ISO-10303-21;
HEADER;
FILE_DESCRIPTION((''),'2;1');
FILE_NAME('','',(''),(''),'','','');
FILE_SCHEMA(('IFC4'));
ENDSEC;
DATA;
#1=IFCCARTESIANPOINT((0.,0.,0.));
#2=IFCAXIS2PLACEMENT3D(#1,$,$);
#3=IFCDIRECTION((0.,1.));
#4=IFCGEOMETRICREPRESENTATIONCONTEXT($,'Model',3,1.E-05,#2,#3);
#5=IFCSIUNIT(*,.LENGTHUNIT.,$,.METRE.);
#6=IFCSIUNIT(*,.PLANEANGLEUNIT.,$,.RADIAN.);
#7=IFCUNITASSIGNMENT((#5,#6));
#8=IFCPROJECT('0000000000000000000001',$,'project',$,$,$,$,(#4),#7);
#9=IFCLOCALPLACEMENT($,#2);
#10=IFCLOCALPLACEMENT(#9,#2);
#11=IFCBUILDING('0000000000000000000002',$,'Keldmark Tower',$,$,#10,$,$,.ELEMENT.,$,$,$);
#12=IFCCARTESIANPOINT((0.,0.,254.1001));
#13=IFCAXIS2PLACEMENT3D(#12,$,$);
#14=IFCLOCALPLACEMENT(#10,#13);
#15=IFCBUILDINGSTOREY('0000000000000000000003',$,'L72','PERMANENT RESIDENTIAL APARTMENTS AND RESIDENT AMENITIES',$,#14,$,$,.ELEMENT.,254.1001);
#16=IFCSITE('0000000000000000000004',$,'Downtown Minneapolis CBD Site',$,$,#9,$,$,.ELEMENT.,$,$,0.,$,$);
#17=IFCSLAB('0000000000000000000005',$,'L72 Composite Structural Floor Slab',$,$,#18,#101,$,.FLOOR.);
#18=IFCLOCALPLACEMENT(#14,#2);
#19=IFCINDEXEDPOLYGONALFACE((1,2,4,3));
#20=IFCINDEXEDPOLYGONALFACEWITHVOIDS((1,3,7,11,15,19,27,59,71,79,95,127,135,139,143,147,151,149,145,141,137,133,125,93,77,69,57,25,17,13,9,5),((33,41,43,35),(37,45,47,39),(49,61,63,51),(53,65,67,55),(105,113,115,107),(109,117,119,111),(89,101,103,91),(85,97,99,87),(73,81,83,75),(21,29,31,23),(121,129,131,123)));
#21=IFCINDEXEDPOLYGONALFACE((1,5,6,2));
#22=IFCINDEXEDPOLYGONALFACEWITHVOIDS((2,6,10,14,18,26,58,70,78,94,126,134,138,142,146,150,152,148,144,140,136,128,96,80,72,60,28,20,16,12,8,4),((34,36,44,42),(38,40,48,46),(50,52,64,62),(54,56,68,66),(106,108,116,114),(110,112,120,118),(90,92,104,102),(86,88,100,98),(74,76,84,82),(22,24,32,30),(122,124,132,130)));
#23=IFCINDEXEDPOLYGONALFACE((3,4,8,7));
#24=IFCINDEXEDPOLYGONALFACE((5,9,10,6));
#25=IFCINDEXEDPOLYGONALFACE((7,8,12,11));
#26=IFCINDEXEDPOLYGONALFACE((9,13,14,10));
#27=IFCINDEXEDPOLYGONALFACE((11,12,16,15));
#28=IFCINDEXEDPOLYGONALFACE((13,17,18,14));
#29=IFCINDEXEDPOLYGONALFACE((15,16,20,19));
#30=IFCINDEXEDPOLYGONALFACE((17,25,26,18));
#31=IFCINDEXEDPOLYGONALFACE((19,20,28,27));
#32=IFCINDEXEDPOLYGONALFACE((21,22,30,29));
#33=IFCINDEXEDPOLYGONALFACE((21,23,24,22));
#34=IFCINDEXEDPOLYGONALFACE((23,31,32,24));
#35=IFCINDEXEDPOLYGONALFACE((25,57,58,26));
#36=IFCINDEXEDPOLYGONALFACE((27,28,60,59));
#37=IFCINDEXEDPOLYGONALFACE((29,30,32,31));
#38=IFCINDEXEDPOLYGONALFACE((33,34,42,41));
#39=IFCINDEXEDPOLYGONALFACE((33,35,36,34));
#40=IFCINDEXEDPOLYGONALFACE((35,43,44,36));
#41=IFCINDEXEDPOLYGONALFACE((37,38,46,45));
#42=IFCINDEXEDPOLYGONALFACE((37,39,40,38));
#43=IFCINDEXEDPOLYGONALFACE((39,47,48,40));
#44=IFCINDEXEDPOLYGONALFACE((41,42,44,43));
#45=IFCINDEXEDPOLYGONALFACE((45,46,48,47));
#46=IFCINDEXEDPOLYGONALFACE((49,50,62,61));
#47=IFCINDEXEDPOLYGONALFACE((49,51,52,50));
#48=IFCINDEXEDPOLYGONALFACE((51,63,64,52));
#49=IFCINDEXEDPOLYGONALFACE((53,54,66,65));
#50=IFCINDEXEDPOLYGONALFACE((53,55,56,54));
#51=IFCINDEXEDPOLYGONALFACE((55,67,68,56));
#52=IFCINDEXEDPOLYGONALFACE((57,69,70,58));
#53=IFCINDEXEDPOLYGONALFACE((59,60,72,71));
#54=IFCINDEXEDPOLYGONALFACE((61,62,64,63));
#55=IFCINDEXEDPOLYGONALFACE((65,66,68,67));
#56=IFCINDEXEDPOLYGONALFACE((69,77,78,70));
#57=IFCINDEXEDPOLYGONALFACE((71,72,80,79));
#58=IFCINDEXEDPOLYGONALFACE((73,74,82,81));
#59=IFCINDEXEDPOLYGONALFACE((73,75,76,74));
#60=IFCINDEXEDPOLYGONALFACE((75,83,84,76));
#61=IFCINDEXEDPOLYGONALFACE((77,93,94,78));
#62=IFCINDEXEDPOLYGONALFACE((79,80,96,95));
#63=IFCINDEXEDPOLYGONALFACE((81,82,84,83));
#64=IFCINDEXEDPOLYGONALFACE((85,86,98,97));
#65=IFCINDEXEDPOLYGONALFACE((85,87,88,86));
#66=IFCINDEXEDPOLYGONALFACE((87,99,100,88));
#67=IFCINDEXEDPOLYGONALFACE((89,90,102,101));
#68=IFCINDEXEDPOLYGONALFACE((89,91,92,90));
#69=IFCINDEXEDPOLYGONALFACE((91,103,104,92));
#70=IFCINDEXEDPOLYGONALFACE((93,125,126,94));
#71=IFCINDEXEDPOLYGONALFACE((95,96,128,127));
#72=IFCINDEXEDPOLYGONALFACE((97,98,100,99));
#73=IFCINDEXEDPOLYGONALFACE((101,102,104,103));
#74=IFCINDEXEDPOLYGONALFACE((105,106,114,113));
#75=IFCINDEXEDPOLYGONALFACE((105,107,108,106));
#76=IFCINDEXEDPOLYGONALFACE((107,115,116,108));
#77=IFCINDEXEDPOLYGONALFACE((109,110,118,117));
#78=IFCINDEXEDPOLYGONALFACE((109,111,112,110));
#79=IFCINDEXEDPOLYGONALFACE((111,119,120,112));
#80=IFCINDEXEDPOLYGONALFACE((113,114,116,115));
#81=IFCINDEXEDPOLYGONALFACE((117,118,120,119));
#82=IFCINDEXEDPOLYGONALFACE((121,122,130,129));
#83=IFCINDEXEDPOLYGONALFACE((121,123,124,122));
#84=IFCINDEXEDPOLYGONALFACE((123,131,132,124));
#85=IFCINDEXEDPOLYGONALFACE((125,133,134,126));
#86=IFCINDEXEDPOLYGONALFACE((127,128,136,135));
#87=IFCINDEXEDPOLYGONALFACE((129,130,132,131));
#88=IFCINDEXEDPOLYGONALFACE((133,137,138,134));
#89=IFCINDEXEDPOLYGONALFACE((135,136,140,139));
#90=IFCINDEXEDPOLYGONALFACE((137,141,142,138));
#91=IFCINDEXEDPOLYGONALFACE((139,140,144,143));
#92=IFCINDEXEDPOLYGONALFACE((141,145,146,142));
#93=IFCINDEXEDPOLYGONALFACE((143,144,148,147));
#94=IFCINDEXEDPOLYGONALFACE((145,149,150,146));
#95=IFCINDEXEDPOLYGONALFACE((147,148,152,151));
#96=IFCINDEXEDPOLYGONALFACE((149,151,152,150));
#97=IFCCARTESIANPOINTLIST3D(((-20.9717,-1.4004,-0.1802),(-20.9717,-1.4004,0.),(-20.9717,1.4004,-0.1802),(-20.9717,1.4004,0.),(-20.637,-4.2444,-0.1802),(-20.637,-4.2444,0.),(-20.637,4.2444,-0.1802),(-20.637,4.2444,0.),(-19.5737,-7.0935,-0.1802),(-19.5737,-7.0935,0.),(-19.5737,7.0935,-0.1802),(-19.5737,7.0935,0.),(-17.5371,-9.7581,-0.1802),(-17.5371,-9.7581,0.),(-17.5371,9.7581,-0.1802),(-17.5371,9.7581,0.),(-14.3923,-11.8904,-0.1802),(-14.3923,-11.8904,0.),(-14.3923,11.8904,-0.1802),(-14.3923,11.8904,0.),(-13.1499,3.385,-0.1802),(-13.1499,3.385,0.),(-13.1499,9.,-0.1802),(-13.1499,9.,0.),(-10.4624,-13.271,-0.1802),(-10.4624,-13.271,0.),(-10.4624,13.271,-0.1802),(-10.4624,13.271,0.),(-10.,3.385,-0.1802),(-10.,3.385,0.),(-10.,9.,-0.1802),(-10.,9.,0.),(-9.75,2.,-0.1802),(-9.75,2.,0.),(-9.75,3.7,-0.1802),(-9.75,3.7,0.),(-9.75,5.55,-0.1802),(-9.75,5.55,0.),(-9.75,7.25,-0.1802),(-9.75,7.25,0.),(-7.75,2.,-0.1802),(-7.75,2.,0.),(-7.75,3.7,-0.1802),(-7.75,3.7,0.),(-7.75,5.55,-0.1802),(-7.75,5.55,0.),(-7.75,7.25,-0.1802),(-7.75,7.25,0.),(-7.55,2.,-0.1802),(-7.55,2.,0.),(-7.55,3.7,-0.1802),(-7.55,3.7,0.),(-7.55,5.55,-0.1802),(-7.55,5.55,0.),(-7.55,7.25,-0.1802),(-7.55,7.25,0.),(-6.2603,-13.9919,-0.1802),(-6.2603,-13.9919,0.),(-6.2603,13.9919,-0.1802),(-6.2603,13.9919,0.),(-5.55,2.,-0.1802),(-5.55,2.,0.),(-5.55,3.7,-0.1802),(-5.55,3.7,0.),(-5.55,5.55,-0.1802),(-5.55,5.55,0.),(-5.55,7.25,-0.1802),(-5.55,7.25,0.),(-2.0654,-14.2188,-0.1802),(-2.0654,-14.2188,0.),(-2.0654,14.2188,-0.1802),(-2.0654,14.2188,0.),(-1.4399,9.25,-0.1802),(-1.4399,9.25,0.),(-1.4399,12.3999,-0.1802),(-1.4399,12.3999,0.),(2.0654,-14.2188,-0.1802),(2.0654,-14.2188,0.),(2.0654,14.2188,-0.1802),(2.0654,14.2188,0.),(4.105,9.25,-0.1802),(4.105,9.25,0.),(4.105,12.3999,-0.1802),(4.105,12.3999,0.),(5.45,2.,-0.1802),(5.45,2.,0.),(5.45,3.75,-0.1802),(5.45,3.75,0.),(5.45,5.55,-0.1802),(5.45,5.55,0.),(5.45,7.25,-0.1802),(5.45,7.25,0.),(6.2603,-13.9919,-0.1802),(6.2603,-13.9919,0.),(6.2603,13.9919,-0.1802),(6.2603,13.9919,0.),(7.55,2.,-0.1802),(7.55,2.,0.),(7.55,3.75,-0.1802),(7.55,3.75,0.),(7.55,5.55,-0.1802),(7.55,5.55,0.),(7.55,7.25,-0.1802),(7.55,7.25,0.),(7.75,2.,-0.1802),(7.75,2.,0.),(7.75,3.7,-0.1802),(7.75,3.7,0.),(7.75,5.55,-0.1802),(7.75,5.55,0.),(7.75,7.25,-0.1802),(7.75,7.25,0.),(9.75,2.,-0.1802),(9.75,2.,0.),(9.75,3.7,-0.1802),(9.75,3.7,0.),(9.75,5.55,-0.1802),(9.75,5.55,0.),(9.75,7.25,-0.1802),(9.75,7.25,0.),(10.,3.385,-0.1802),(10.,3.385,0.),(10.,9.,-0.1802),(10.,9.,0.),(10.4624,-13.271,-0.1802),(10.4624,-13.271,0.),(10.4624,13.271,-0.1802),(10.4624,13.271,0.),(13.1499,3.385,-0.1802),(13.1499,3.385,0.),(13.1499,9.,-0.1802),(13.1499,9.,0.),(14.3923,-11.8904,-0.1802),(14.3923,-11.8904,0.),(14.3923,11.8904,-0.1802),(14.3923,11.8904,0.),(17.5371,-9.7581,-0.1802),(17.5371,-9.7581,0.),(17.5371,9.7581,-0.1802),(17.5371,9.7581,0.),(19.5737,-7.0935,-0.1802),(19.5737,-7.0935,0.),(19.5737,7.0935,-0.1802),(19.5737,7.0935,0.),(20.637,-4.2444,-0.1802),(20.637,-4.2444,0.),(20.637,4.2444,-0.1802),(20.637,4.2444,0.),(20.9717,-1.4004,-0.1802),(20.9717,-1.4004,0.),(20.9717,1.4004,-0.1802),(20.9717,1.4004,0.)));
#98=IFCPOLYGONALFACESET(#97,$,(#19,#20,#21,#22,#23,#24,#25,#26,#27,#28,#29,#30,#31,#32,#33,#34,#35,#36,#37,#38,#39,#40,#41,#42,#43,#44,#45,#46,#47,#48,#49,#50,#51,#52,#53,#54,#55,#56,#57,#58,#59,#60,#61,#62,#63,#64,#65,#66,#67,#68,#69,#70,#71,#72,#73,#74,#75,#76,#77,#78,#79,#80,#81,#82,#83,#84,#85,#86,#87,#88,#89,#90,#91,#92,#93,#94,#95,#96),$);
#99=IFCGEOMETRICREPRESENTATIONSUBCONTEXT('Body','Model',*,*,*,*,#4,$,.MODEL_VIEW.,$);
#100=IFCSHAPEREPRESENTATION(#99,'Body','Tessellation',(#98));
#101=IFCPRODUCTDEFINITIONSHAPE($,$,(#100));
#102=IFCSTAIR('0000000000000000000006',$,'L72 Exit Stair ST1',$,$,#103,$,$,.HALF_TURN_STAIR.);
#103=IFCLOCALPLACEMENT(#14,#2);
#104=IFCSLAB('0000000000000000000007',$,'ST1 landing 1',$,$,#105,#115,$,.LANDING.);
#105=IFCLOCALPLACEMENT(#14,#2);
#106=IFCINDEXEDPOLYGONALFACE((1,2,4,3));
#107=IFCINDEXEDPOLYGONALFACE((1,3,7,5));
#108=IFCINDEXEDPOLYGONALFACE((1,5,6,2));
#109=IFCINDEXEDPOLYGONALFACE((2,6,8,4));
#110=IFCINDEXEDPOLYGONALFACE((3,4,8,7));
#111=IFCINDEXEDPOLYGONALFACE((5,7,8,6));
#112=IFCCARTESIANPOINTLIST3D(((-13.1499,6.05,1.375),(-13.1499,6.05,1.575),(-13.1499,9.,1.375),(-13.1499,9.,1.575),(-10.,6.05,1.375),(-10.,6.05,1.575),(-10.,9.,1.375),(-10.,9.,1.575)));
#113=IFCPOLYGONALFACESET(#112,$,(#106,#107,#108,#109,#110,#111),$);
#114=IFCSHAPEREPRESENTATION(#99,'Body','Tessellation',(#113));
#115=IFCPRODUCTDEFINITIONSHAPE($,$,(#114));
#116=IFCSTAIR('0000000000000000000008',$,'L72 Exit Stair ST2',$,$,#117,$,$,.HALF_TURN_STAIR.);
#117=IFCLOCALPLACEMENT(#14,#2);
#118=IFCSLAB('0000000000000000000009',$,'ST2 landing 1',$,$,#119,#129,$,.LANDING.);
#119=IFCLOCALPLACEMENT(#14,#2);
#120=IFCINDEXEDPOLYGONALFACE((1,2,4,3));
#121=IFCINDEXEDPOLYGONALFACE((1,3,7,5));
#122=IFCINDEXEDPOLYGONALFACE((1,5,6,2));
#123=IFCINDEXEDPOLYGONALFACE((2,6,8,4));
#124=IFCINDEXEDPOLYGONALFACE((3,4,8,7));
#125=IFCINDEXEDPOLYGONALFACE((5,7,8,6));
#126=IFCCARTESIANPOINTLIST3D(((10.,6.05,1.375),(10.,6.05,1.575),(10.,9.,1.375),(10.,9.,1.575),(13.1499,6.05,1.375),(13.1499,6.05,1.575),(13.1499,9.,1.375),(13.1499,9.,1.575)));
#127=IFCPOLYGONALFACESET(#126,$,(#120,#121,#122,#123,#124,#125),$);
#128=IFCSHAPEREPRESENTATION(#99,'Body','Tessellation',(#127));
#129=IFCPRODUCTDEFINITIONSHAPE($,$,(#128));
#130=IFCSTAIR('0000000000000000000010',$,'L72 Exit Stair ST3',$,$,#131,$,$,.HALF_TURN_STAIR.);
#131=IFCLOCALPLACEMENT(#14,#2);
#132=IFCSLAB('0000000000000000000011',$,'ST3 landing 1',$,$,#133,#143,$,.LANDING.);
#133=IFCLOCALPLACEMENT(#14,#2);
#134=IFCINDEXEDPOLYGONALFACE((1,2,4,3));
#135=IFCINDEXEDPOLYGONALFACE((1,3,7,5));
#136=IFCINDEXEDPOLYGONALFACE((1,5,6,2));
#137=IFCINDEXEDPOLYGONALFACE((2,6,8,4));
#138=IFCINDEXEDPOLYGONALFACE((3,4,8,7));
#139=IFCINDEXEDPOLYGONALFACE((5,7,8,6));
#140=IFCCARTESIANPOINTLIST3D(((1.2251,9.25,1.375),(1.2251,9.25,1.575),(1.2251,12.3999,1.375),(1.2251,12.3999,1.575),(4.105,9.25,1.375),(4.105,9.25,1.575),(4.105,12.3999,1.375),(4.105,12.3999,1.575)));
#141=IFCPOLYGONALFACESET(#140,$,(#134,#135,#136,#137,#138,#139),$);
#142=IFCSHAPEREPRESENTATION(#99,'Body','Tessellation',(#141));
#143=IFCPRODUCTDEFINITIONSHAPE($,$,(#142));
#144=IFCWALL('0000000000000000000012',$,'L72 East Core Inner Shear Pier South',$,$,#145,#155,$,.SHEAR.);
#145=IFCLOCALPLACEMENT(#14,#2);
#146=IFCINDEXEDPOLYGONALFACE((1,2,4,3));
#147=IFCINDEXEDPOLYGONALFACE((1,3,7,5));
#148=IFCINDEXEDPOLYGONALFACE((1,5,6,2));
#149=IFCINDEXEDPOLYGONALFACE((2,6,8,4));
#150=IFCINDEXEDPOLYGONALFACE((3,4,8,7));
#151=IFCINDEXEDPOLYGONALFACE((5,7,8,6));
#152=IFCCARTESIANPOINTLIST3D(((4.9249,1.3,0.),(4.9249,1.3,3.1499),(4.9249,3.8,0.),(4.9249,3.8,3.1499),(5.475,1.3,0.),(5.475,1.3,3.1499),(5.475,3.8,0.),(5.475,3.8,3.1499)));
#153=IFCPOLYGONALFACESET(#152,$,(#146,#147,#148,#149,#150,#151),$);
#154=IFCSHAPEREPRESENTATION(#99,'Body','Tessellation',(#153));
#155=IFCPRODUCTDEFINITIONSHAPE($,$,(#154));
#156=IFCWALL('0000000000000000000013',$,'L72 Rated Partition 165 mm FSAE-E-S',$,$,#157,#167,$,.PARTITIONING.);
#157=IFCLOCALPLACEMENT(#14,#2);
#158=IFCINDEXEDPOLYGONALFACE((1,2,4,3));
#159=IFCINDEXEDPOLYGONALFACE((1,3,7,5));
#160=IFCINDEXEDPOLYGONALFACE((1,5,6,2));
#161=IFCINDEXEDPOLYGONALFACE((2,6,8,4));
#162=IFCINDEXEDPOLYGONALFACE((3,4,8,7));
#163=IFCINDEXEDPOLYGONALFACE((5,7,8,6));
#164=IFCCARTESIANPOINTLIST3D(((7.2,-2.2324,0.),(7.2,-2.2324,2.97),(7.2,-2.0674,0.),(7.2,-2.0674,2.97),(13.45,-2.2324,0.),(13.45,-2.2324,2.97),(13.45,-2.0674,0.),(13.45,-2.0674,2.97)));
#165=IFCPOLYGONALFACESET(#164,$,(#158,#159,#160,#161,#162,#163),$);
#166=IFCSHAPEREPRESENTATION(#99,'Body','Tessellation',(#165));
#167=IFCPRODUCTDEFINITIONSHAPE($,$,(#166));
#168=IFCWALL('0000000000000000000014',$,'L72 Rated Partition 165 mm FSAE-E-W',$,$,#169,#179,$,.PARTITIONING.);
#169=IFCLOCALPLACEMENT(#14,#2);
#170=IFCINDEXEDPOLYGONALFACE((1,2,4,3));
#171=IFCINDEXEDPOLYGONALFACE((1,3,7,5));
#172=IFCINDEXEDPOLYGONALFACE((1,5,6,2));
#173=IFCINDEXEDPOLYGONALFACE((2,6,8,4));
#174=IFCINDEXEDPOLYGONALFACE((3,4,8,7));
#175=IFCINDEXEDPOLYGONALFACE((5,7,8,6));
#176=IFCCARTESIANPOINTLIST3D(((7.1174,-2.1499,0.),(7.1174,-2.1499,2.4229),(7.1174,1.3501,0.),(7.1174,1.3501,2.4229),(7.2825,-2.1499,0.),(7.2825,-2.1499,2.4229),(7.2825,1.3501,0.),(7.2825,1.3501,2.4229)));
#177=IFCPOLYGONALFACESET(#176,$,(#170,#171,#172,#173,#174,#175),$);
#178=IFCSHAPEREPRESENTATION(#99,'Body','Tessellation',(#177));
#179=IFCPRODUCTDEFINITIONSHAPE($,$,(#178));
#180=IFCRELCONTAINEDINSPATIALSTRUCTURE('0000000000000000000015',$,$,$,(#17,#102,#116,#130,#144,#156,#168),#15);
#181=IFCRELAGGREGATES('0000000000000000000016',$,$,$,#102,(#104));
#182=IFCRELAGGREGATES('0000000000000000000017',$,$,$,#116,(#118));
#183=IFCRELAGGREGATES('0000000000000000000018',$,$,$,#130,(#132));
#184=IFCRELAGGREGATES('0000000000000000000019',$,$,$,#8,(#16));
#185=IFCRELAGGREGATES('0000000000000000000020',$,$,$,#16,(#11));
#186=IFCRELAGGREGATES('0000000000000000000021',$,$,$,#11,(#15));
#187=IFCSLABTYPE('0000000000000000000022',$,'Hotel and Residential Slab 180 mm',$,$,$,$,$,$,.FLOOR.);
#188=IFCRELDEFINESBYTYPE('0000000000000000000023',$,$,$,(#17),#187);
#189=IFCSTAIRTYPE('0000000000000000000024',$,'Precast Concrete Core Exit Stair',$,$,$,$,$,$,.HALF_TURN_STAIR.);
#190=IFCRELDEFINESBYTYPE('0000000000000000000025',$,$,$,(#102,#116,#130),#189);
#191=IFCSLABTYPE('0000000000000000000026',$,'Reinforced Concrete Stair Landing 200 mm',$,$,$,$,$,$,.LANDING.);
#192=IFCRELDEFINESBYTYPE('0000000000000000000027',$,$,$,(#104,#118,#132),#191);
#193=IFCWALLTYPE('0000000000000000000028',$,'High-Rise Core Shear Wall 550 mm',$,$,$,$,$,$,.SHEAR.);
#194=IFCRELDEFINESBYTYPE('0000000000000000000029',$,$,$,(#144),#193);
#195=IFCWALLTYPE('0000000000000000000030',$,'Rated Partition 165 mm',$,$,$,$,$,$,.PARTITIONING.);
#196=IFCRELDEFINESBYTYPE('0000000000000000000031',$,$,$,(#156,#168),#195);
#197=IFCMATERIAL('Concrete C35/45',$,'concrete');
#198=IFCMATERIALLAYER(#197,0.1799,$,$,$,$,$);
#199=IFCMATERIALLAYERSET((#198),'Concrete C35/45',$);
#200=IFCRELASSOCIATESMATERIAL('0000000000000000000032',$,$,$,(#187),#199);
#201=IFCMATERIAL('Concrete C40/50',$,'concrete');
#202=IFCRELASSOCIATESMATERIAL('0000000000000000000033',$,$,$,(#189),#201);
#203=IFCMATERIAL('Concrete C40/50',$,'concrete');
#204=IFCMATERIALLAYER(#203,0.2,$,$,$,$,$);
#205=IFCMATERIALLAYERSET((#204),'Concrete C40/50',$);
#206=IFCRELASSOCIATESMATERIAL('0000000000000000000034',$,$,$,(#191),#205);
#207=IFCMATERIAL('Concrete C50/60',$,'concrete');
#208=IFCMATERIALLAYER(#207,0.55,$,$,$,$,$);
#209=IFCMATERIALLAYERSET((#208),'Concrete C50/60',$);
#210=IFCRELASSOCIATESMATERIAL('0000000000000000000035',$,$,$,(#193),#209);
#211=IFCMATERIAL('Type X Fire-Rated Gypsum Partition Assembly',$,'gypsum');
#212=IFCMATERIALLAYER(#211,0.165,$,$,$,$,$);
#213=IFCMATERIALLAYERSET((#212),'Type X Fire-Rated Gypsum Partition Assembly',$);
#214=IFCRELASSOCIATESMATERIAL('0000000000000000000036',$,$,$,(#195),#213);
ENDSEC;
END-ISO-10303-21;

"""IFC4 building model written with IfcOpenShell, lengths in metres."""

from ifc_helpers import new_model, si_unit, direction, frame, frame_2d, origin, place, context, subcontext, project, spatial, polyline, rectangle, outline, extrude, material, layer, layer_set, type_object, element, aggregate, save


model = new_model("IFC4")

# Units and contexts
model_context = context("Model", 3, precision=1e-05, world=origin(), true_north=direction((0.0, 1.0)))
body_context = subcontext(model_context, "Body", "Model", "MODEL_VIEW")
ifc_project = project(units=[si_unit("LENGTHUNIT", "METRE"), si_unit("PLANEANGLEUNIT", "RADIAN")], contexts=[model_context])

# Site, building, storey
site_placement = place(None, origin())
site = spatial("IfcSite", under=ifc_project, at=site_placement, Name="Downtown Minneapolis CBD Site", CompositionType="ELEMENT", RefElevation=0.0)
building_placement = place(site_placement, origin())
building = spatial("IfcBuilding", under=site, at=building_placement, Name="Keldmark Tower", CompositionType="ELEMENT")
storey_placement = place(building_placement, frame((0.0, 0.0, 254.1001)))
storey = spatial("IfcBuildingStorey", under=building, at=storey_placement, Name="L72", Description="PERMANENT RESIDENTIAL APARTMENTS AND RESIDENT AMENITIES", CompositionType="ELEMENT", Elevation=254.1001)

# Slab
ifc_material_1 = material(Name="Concrete C35/45", Category="concrete")
ifc_layer_1 = layer(ifc_material_1, 0.1799)
ifc_layer_set_1 = layer_set([ifc_layer_1], Name="Concrete C35/45")
slab_type_1 = type_object("IfcSlabType", Name="Hotel and Residential Slab 180 mm", PredefinedType="FLOOR", material=ifc_layer_set_1)
slab_1_placement = place(storey_placement, frame((0.0, 0.0, -0.1802)))
element("IfcSlab", 1, at=slab_1_placement, inside=storey, type_object=slab_type_1, Name="L72 Composite Structural Floor Slab", PredefinedType="FLOOR", context=body_context, shape_type="SweptSolid", body=[
    extrude(outline(polyline([(20.9717, 1.4004), (20.637, 4.2444), (19.5737, 7.0935), (17.5371, 9.7581), (14.3923, 11.8904), (10.4624, 13.271), (6.2603, 13.9919), (2.0654, 14.2188), (-2.0654, 14.2188), (-6.2603, 13.9919), (-10.4624, 13.271), (-14.3923, 11.8904), (-17.5371, 9.7581), (-19.5737, 7.0935), (-20.637, 4.2444), (-20.9717, 1.4004), (-20.9717, -1.4004), (-20.637, -4.2444), (-19.5737, -7.0935), (-17.5371, -9.7581), (-14.3923, -11.8904), (-10.4624, -13.271), (-6.2603, -13.9919), (-2.0654, -14.2188), (2.0654, -14.2188), (6.2603, -13.9919), (10.4624, -13.271), (14.3923, -11.8904), (17.5371, -9.7581), (19.5737, -7.0935), (20.637, -4.2444), (20.9717, -1.4004), (20.9717, 1.4004)]), holes=[polyline([(-10.0, 3.385), (-10.0, 9.0), (-13.1499, 9.0), (-13.1499, 3.385), (-10.0, 3.385)]), polyline([(13.1499, 3.385), (13.1499, 9.0), (10.0, 9.0), (10.0, 3.385), (13.1499, 3.385)]), polyline([(-1.4399, 9.25), (4.105, 9.25), (4.105, 12.3999), (-1.4399, 12.3999), (-1.4399, 9.25)]), polyline([(-9.75, 2.0), (-7.75, 2.0), (-7.75, 3.7), (-9.75, 3.7), (-9.75, 2.0)]), polyline([(7.75, 2.0), (9.75, 2.0), (9.75, 3.7), (7.75, 3.7), (7.75, 2.0)]), polyline([(5.45, 2.0), (7.55, 2.0), (7.55, 3.75), (5.45, 3.75), (5.45, 2.0)]), polyline([(-9.75, 5.55), (-7.75, 5.55), (-7.75, 7.25), (-9.75, 7.25), (-9.75, 5.55)]), polyline([(-7.55, 5.55), (-5.55, 5.55), (-5.55, 7.25), (-7.55, 7.25), (-7.55, 5.55)]), polyline([(-7.55, 2.0), (-5.55, 2.0), (-5.55, 3.7), (-7.55, 3.7), (-7.55, 2.0)]), polyline([(5.45, 5.55), (7.55, 5.55), (7.55, 7.25), (5.45, 7.25), (5.45, 5.55)]), polyline([(7.75, 5.55), (9.75, 5.55), (9.75, 7.25), (7.75, 7.25), (7.75, 5.55)])]), origin(), (0.0, 0.0, 1.0), 0.1802),
])

# Stairs, slabs
ifc_material_2 = material(Name="Concrete C40/50", Category="concrete")
stair_type = type_object("IfcStairType", Name="Precast Concrete Core Exit Stair", PredefinedType="HALF_TURN_STAIR", material=ifc_material_2)
stair_1_placement = place(storey_placement, origin())
stair_1 = element("IfcStair", 2, at=stair_1_placement, inside=storey, type_object=stair_type, Name="L72 Exit Stair ST1", PredefinedType="HALF_TURN_STAIR")
ifc_material_3 = material(Name="Concrete C40/50", Category="concrete")
ifc_layer_2 = layer(ifc_material_3, 0.2)
ifc_layer_set_2 = layer_set([ifc_layer_2], Name="Concrete C40/50")
slab_type_2 = type_object("IfcSlabType", Name="Reinforced Concrete Stair Landing 200 mm", PredefinedType="LANDING", material=ifc_layer_set_2)
slab_2_placement = place(storey_placement, frame((0.0, 0.0, 1.375)))
slab_2 = element("IfcSlab", 3, at=slab_2_placement, type_object=slab_type_2, Name="ST1 landing 1", PredefinedType="LANDING", context=body_context, shape_type="SweptSolid", body=[
    extrude(outline(polyline([(-10.0, 6.05), (-10.0, 9.0), (-13.1499, 9.0), (-13.1499, 6.05), (-10.0, 6.05)])), origin(), (0.0, 0.0, 1.0), 0.2),
])
aggregate(stair_1, [slab_2])
stair_2_placement = place(storey_placement, origin())
stair_2 = element("IfcStair", 4, at=stair_2_placement, inside=storey, type_object=stair_type, Name="L72 Exit Stair ST2", PredefinedType="HALF_TURN_STAIR")
slab_3_placement = place(storey_placement, frame((0.0, 0.0, 1.375)))
slab_3 = element("IfcSlab", 5, at=slab_3_placement, type_object=slab_type_2, Name="ST2 landing 1", PredefinedType="LANDING", context=body_context, shape_type="SweptSolid", body=[
    extrude(outline(polyline([(13.1499, 6.05), (13.1499, 9.0), (10.0, 9.0), (10.0, 6.05), (13.1499, 6.05)])), origin(), (0.0, 0.0, 1.0), 0.2),
])
aggregate(stair_2, [slab_3])
stair_3_placement = place(storey_placement, origin())
stair_3 = element("IfcStair", 6, at=stair_3_placement, inside=storey, type_object=stair_type, Name="L72 Exit Stair ST3", PredefinedType="HALF_TURN_STAIR")
slab_4_placement = place(storey_placement, frame((0.0, 0.0, 1.375)))
slab_4 = element("IfcSlab", 7, at=slab_4_placement, type_object=slab_type_2, Name="ST3 landing 1", PredefinedType="LANDING", context=body_context, shape_type="SweptSolid", body=[
    extrude(outline(polyline([(1.2251, 9.25), (4.105, 9.25), (4.105, 12.3999), (1.2251, 12.3999), (1.2251, 9.25)])), origin(), (0.0, 0.0, 1.0), 0.2),
])
aggregate(stair_3, [slab_4])

# Walls
ifc_material_4 = material(Name="Concrete C50/60", Category="concrete")
ifc_layer_3 = layer(ifc_material_4, 0.55)
ifc_layer_set_3 = layer_set([ifc_layer_3], Name="Concrete C50/60")
wall_type_1 = type_object("IfcWallType", Name="High-Rise Core Shear Wall 550 mm", PredefinedType="SHEAR", material=ifc_layer_set_3)
wall_1_placement = place(storey_placement, frame((5.2, 1.3, 0.0), z_axis=(0.0, 0.0, 1.0), x_axis=(0.0, 1.0, 0.0)))
element("IfcWall", 8, at=wall_1_placement, inside=storey, type_object=wall_type_1, Name="L72 East Core Inner Shear Pier South", PredefinedType="SHEAR", context=body_context, shape_type="SweptSolid", body=[
    extrude(rectangle(XDim=2.5, YDim=0.55, at=frame_2d((1.25, 0.0))), origin(), (0.0, 0.0, 1.0), 3.1499),
])
ifc_material_5 = material(Name="Type X Fire-Rated Gypsum Partition Assembly", Category="gypsum")
ifc_layer_4 = layer(ifc_material_5, 0.165)
ifc_layer_set_4 = layer_set([ifc_layer_4], Name="Type X Fire-Rated Gypsum Partition Assembly")
wall_type_2 = type_object("IfcWallType", Name="Rated Partition 165 mm", PredefinedType="PARTITIONING", material=ifc_layer_set_4)
wall_2_placement = place(storey_placement, frame((7.2, -2.1499, 0.0), z_axis=(0.0, 0.0, 1.0), x_axis=(1.0, 0.0, 0.0)))
element("IfcWall", 9, at=wall_2_placement, inside=storey, type_object=wall_type_2, Name="L72 Rated Partition 165 mm FSAE-E-S", PredefinedType="PARTITIONING", context=body_context, shape_type="SweptSolid", body=[
    extrude(rectangle(XDim=6.25, YDim=0.165, at=frame_2d((3.125, 0.0))), origin(), (0.0, 0.0, 1.0), 2.97),
])
wall_3_placement = place(storey_placement, frame((7.2, -2.1499, 0.0), z_axis=(0.0, 0.0, 1.0), x_axis=(0.0, 1.0, 0.0)))
element("IfcWall", 10, at=wall_3_placement, inside=storey, type_object=wall_type_2, Name="L72 Rated Partition 165 mm FSAE-E-W", PredefinedType="PARTITIONING", context=body_context, shape_type="SweptSolid", body=[
    extrude(rectangle(XDim=3.5, YDim=0.165, at=frame_2d((1.75, 0.0))), origin(), (0.0, 0.0, 1.0), 2.4229),
])

save(model, "model.ifc")
